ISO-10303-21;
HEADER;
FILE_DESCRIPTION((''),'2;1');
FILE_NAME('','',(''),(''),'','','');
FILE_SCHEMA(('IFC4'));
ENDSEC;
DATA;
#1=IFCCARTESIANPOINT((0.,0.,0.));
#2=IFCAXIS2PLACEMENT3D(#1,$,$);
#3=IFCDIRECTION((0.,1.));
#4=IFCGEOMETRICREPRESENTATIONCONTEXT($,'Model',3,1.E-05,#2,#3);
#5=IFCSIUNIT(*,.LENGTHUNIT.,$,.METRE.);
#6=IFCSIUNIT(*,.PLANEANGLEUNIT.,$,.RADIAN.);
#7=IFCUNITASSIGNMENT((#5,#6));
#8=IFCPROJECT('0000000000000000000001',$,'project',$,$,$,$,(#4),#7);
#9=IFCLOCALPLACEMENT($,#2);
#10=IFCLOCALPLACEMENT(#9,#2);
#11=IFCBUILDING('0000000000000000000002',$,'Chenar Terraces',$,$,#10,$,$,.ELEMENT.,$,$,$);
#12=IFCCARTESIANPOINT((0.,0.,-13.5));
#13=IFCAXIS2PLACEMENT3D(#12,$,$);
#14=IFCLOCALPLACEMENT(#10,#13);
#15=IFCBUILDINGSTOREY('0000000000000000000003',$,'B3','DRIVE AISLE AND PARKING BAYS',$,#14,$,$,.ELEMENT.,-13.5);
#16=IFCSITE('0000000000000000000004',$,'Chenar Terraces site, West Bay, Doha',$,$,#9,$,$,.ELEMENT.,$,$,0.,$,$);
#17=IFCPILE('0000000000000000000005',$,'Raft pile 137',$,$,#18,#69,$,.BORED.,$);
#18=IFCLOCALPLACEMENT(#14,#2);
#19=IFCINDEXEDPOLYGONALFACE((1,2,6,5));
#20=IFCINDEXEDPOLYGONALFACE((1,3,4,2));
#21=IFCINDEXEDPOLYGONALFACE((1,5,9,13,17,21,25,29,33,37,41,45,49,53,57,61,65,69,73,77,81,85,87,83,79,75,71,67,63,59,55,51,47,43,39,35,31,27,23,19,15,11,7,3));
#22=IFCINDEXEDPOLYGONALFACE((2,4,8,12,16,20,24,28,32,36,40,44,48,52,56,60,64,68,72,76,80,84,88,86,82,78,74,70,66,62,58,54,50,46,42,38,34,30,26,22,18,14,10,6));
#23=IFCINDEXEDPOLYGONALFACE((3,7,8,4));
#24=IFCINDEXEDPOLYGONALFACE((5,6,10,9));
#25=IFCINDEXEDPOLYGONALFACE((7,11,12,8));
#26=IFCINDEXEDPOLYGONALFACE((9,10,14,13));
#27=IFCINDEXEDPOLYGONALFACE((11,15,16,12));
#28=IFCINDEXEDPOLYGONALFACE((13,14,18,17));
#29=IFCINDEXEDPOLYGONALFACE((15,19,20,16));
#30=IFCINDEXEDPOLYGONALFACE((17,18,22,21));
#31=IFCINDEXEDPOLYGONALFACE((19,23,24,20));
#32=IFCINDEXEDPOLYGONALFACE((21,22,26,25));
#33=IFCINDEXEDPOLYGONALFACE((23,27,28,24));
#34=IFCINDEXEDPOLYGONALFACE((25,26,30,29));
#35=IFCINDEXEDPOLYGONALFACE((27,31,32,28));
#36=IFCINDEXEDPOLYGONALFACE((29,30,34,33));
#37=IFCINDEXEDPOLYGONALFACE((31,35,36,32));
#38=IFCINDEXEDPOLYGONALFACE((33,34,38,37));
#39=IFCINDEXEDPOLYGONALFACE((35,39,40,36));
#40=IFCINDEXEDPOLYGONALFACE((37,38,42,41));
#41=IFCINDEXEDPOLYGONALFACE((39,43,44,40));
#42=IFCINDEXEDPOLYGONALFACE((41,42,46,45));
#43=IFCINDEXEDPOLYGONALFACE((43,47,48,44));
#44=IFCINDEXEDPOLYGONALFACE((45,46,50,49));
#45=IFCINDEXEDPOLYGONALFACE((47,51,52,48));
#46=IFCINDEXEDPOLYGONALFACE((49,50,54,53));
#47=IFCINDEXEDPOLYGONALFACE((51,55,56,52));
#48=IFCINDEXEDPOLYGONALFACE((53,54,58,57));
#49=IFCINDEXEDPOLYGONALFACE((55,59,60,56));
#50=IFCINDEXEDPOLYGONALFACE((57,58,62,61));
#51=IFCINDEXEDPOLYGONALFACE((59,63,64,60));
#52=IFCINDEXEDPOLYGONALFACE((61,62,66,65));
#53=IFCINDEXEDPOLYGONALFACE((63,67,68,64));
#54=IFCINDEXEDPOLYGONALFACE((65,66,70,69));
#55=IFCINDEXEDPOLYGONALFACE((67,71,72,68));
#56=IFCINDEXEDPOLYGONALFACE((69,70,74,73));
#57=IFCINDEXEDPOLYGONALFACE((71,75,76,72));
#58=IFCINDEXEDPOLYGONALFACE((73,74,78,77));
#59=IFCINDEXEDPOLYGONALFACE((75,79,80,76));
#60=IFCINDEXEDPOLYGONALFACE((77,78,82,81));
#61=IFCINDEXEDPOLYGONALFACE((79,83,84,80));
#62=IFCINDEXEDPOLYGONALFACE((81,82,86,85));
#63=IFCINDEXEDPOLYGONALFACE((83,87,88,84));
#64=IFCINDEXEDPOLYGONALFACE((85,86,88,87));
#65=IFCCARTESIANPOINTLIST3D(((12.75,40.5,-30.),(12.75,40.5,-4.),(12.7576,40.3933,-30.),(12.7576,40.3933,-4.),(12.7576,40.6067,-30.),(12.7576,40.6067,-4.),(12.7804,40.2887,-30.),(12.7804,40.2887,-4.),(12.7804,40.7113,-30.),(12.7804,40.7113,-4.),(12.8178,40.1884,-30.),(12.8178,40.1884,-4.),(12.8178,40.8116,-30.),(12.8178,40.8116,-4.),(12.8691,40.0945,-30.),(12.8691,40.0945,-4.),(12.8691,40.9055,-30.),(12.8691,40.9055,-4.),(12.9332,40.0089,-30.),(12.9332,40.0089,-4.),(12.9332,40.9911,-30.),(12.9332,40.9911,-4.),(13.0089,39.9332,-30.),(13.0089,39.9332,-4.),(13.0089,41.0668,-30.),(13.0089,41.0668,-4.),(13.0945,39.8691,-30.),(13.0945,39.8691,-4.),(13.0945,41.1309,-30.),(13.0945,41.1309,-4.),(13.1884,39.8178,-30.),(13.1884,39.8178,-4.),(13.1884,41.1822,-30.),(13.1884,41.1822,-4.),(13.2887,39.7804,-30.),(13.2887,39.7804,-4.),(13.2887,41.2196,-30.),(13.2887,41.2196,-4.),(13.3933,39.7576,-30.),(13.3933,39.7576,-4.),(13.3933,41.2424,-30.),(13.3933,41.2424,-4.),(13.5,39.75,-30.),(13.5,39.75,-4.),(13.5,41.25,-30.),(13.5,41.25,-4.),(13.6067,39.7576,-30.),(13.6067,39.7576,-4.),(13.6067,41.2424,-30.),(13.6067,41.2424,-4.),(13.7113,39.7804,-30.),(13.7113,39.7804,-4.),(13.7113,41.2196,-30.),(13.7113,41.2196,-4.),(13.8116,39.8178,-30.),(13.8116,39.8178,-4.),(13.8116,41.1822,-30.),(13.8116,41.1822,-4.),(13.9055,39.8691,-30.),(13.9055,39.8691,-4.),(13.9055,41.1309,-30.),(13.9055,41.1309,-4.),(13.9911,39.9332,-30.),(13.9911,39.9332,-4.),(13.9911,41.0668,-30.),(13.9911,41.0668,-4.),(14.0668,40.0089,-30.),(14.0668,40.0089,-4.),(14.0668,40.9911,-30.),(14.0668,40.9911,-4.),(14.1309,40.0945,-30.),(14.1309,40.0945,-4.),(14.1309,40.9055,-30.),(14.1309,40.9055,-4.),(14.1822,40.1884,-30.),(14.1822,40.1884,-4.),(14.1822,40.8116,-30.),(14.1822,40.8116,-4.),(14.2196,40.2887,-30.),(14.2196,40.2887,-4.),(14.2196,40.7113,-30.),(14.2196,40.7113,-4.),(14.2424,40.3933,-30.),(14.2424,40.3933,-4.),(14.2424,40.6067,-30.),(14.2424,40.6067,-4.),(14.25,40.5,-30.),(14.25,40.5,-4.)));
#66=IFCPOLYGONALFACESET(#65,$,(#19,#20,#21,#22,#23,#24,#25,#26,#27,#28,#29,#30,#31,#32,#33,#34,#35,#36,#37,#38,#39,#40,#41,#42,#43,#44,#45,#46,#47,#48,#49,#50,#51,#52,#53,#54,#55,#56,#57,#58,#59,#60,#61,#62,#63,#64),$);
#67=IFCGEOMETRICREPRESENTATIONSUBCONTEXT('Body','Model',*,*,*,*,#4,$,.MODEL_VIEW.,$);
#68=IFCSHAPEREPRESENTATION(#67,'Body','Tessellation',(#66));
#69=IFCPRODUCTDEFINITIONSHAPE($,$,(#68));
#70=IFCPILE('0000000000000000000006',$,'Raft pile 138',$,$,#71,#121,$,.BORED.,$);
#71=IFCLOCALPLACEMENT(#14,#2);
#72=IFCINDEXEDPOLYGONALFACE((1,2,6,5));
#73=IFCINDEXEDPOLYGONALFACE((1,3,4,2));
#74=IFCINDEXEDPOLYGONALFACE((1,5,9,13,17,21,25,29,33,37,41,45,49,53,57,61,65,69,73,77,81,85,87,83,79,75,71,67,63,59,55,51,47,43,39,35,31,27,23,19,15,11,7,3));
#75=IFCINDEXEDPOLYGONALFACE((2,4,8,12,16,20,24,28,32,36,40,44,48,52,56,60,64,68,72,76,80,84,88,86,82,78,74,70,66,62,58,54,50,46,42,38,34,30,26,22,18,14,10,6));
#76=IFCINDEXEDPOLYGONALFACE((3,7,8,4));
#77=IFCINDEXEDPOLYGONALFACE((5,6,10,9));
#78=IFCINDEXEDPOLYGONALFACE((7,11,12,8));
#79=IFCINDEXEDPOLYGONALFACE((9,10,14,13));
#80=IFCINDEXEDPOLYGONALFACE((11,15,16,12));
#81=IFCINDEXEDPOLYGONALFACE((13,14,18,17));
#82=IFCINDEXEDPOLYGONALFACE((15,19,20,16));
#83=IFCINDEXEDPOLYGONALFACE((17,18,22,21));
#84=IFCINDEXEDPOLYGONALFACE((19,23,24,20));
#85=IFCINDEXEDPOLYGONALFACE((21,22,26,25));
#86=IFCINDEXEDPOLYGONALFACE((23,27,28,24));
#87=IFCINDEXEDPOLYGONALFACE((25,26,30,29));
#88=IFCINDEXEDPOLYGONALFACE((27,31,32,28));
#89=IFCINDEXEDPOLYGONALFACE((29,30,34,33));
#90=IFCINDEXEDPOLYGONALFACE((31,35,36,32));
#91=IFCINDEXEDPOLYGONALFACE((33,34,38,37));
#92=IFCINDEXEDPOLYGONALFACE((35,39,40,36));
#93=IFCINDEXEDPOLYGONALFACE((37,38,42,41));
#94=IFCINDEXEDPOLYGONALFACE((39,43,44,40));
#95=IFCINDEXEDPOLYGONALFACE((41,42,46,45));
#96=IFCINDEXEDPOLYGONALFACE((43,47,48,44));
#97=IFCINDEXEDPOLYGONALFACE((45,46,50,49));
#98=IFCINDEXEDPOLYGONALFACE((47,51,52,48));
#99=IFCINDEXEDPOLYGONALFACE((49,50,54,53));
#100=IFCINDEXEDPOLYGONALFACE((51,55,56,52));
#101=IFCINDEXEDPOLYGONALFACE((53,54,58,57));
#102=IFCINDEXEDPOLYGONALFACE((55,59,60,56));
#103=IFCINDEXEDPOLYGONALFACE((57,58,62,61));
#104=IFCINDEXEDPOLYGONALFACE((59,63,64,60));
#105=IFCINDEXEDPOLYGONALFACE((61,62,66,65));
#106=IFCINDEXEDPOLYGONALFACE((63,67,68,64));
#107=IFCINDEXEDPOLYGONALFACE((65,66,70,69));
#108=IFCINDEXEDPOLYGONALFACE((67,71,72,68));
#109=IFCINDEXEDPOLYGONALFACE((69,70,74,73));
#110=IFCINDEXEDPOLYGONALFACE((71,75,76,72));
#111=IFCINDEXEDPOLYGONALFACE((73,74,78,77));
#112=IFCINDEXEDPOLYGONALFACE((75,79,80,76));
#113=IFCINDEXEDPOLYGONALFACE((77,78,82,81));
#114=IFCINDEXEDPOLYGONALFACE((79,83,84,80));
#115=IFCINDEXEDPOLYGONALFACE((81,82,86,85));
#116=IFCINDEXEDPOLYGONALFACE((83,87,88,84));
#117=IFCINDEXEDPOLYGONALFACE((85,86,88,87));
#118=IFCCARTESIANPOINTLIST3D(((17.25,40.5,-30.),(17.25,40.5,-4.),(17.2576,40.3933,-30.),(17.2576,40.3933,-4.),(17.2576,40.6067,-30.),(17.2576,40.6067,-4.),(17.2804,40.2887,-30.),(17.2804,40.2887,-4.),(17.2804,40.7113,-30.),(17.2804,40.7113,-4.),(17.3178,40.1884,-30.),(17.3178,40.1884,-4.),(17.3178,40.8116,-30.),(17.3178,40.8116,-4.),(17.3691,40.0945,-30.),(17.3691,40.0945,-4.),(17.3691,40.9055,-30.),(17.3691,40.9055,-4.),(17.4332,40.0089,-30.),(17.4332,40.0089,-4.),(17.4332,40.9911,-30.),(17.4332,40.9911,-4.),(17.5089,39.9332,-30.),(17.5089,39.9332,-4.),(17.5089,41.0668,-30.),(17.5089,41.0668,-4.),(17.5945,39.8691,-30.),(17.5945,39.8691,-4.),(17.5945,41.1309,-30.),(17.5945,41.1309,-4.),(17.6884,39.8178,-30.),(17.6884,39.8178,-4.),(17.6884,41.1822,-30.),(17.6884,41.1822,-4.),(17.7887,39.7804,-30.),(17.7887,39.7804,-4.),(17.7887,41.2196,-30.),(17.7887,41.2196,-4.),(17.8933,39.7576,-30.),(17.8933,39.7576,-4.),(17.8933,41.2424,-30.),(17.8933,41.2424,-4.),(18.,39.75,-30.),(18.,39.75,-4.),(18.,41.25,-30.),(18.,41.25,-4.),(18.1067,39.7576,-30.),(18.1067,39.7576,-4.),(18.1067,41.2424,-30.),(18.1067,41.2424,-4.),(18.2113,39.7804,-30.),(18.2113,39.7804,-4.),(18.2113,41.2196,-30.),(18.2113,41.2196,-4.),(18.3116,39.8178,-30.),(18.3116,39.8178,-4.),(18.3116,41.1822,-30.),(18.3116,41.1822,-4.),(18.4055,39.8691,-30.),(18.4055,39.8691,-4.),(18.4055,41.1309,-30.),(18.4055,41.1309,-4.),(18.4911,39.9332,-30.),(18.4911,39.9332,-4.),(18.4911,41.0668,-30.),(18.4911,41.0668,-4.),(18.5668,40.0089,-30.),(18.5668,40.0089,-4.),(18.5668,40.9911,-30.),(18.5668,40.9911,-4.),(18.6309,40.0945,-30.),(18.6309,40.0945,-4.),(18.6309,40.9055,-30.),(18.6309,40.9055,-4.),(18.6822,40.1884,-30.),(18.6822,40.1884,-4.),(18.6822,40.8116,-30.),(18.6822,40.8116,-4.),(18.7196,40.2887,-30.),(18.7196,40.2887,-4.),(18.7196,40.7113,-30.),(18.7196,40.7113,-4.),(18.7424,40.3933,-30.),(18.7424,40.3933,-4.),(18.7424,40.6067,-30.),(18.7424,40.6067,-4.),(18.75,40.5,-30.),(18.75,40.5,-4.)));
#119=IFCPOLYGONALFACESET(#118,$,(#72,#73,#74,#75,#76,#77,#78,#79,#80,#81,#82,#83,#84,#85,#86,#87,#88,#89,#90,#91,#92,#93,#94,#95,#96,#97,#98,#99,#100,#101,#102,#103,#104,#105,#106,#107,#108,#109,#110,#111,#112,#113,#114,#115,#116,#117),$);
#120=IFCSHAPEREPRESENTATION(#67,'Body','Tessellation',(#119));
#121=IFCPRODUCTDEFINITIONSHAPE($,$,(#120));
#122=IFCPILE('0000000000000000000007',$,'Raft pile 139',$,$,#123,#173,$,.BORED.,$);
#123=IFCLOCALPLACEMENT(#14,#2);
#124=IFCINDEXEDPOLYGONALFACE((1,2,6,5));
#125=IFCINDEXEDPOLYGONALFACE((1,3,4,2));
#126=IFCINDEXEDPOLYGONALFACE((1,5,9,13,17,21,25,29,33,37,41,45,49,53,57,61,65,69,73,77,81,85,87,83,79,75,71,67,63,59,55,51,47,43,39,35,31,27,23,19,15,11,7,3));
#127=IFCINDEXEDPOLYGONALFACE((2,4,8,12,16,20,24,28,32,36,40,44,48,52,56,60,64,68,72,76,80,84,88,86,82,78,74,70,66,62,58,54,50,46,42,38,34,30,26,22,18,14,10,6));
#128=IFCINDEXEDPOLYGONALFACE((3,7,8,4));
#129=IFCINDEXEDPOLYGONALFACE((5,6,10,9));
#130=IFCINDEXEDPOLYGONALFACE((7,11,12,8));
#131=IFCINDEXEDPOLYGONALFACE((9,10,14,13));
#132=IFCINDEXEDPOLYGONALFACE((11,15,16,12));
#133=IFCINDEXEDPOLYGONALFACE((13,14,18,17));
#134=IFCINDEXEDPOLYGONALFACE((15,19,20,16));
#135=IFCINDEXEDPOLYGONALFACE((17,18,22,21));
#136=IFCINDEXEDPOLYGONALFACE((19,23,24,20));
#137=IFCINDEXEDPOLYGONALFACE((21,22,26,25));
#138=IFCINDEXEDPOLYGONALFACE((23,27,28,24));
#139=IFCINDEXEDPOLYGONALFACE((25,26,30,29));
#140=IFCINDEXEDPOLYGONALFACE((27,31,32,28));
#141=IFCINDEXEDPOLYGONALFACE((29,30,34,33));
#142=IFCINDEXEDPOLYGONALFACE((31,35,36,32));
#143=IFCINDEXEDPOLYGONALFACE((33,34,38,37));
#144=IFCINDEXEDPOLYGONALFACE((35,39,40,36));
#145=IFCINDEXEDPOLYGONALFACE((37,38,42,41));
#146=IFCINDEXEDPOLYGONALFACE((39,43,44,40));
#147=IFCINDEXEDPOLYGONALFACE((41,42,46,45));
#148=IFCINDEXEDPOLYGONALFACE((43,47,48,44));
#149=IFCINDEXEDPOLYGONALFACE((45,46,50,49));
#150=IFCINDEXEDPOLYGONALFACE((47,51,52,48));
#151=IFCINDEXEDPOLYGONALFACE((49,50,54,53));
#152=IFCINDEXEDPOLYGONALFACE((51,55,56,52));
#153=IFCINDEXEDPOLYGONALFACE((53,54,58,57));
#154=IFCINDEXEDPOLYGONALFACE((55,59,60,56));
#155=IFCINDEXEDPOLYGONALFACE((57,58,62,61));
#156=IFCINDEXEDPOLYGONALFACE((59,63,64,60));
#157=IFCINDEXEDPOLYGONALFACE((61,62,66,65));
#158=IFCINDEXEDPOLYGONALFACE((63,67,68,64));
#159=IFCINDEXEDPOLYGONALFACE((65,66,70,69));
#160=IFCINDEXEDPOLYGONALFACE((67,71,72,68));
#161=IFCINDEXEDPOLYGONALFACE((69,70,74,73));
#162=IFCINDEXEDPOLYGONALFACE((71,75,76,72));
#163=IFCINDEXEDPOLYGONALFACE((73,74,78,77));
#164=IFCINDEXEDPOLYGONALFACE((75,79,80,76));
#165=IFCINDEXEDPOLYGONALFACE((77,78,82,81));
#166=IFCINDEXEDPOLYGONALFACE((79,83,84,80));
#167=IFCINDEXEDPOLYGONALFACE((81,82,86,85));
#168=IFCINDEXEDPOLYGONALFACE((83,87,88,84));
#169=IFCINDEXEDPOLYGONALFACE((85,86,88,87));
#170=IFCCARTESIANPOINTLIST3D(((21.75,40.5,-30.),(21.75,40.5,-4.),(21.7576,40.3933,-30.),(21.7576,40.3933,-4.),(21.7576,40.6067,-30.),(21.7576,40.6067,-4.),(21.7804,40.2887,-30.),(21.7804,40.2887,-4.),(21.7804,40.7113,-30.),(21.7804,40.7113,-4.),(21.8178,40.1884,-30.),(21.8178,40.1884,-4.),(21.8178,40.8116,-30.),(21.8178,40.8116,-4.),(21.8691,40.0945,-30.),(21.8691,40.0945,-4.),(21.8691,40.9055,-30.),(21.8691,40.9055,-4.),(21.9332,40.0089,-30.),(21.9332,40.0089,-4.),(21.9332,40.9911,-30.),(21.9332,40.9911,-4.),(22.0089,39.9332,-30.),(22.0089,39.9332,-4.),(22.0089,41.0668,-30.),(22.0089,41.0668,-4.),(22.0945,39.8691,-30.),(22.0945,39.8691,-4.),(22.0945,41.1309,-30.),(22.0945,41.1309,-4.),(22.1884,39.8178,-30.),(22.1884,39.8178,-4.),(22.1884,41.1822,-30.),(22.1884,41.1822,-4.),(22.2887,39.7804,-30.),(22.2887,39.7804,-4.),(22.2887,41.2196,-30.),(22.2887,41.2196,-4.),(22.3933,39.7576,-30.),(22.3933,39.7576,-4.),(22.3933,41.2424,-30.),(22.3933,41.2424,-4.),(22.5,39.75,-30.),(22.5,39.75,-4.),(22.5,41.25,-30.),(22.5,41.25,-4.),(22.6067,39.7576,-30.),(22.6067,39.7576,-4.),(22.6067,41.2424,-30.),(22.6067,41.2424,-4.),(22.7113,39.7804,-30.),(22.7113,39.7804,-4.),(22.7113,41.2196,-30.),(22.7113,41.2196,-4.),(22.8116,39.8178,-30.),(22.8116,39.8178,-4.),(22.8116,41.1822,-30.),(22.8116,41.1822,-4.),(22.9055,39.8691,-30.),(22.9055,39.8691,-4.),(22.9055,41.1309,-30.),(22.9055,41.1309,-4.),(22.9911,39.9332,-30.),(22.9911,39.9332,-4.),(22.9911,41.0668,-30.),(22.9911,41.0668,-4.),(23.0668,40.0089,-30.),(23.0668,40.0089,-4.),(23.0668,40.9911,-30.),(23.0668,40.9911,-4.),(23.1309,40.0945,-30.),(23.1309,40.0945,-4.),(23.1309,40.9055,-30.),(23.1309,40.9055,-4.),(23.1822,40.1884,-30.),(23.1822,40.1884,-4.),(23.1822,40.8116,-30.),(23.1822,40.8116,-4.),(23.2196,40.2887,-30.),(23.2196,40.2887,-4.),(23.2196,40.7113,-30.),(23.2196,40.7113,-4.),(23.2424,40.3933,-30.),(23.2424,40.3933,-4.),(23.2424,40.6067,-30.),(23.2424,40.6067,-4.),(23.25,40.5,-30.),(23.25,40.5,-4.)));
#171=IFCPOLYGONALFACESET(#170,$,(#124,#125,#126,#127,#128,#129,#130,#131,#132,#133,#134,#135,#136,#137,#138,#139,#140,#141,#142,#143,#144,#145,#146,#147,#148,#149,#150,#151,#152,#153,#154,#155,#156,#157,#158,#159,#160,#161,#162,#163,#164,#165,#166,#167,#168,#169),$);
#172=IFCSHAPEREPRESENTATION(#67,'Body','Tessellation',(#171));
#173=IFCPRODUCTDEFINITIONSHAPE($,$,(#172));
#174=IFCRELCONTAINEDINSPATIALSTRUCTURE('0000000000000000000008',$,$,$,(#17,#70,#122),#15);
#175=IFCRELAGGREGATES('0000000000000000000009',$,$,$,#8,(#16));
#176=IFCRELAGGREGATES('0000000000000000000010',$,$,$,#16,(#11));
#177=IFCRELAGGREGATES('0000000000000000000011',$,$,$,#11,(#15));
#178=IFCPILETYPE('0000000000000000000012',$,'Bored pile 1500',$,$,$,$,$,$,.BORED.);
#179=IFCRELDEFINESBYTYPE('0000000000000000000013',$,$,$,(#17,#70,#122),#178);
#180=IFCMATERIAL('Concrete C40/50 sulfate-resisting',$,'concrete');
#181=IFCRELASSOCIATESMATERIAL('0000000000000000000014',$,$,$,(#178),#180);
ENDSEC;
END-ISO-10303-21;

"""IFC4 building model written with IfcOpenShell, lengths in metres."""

from ifc_helpers import new_model, si_unit, direction, frame, origin, origin_2d, place, context, subcontext, project, spatial, circle, extrude, material, material_profile, profile_set, type_object, element, save


model = new_model("IFC4")

# Units and contexts
model_context = context("Model", 3, precision=1e-05, world=origin(), true_north=direction((0.0, 1.0)))
body_context = subcontext(model_context, "Body", "Model", "MODEL_VIEW")
ifc_project = project(units=[si_unit("LENGTHUNIT", "METRE"), si_unit("PLANEANGLEUNIT", "RADIAN")], contexts=[model_context])

# Site, building, storey
site_placement = place(None, origin())
site = spatial("IfcSite", under=ifc_project, at=site_placement, Name="Chenar Terraces site, West Bay, Doha", CompositionType="ELEMENT", RefElevation=0.0)
building_placement = place(site_placement, origin())
building = spatial("IfcBuilding", under=site, at=building_placement, Name="Chenar Terraces", CompositionType="ELEMENT")
storey_placement = place(building_placement, frame((0.0, 0.0, -13.5)))
storey = spatial("IfcBuildingStorey", under=building, at=storey_placement, Name="B3", Description="DRIVE AISLE AND PARKING BAYS", CompositionType="ELEMENT", Elevation=-13.5)

# Piles
ifc_material_1 = material(Name="Concrete C40/50 sulfate-resisting", Category="concrete")
ifc_material_profile_1 = material_profile(ifc_material_1, circle(Radius=0.75, at=origin_2d()), Name="BP 1500")
ifc_profile_set_1 = profile_set([ifc_material_profile_1], Name="Concrete C40/50 sulfate-resisting")
pile_type = type_object("IfcPileType", Name="Bored pile 1500", PredefinedType="BORED", material=ifc_profile_set_1)
for number, where, z_axis, x_axis, name in (
    (1, (13.5, 40.5, -4.0), (0.0, 0.0, -1.0), (1.0, 0.0, 0.0), "Raft pile 137"),
    (2, (18.0, 40.5, -4.0), (0.0, 0.0, -1.0), (1.0, 0.0, 0.0), "Raft pile 138"),
    (3, (22.5, 40.5, -4.0), (0.0, 0.0, -1.0), (1.0, 0.0, 0.0), "Raft pile 139"),
):
    element("IfcPile", number, at=place(storey_placement, frame(where, z_axis=z_axis, x_axis=x_axis)), inside=storey, type_object=pile_type, Name=name, PredefinedType="BORED", context=body_context, shape_type="SweptSolid", body=[
        extrude(circle(Radius=0.75, at=origin_2d()), origin(), (0.0, 0.0, 1.0), 26.0),
    ])

save(model, "model.ifc")
